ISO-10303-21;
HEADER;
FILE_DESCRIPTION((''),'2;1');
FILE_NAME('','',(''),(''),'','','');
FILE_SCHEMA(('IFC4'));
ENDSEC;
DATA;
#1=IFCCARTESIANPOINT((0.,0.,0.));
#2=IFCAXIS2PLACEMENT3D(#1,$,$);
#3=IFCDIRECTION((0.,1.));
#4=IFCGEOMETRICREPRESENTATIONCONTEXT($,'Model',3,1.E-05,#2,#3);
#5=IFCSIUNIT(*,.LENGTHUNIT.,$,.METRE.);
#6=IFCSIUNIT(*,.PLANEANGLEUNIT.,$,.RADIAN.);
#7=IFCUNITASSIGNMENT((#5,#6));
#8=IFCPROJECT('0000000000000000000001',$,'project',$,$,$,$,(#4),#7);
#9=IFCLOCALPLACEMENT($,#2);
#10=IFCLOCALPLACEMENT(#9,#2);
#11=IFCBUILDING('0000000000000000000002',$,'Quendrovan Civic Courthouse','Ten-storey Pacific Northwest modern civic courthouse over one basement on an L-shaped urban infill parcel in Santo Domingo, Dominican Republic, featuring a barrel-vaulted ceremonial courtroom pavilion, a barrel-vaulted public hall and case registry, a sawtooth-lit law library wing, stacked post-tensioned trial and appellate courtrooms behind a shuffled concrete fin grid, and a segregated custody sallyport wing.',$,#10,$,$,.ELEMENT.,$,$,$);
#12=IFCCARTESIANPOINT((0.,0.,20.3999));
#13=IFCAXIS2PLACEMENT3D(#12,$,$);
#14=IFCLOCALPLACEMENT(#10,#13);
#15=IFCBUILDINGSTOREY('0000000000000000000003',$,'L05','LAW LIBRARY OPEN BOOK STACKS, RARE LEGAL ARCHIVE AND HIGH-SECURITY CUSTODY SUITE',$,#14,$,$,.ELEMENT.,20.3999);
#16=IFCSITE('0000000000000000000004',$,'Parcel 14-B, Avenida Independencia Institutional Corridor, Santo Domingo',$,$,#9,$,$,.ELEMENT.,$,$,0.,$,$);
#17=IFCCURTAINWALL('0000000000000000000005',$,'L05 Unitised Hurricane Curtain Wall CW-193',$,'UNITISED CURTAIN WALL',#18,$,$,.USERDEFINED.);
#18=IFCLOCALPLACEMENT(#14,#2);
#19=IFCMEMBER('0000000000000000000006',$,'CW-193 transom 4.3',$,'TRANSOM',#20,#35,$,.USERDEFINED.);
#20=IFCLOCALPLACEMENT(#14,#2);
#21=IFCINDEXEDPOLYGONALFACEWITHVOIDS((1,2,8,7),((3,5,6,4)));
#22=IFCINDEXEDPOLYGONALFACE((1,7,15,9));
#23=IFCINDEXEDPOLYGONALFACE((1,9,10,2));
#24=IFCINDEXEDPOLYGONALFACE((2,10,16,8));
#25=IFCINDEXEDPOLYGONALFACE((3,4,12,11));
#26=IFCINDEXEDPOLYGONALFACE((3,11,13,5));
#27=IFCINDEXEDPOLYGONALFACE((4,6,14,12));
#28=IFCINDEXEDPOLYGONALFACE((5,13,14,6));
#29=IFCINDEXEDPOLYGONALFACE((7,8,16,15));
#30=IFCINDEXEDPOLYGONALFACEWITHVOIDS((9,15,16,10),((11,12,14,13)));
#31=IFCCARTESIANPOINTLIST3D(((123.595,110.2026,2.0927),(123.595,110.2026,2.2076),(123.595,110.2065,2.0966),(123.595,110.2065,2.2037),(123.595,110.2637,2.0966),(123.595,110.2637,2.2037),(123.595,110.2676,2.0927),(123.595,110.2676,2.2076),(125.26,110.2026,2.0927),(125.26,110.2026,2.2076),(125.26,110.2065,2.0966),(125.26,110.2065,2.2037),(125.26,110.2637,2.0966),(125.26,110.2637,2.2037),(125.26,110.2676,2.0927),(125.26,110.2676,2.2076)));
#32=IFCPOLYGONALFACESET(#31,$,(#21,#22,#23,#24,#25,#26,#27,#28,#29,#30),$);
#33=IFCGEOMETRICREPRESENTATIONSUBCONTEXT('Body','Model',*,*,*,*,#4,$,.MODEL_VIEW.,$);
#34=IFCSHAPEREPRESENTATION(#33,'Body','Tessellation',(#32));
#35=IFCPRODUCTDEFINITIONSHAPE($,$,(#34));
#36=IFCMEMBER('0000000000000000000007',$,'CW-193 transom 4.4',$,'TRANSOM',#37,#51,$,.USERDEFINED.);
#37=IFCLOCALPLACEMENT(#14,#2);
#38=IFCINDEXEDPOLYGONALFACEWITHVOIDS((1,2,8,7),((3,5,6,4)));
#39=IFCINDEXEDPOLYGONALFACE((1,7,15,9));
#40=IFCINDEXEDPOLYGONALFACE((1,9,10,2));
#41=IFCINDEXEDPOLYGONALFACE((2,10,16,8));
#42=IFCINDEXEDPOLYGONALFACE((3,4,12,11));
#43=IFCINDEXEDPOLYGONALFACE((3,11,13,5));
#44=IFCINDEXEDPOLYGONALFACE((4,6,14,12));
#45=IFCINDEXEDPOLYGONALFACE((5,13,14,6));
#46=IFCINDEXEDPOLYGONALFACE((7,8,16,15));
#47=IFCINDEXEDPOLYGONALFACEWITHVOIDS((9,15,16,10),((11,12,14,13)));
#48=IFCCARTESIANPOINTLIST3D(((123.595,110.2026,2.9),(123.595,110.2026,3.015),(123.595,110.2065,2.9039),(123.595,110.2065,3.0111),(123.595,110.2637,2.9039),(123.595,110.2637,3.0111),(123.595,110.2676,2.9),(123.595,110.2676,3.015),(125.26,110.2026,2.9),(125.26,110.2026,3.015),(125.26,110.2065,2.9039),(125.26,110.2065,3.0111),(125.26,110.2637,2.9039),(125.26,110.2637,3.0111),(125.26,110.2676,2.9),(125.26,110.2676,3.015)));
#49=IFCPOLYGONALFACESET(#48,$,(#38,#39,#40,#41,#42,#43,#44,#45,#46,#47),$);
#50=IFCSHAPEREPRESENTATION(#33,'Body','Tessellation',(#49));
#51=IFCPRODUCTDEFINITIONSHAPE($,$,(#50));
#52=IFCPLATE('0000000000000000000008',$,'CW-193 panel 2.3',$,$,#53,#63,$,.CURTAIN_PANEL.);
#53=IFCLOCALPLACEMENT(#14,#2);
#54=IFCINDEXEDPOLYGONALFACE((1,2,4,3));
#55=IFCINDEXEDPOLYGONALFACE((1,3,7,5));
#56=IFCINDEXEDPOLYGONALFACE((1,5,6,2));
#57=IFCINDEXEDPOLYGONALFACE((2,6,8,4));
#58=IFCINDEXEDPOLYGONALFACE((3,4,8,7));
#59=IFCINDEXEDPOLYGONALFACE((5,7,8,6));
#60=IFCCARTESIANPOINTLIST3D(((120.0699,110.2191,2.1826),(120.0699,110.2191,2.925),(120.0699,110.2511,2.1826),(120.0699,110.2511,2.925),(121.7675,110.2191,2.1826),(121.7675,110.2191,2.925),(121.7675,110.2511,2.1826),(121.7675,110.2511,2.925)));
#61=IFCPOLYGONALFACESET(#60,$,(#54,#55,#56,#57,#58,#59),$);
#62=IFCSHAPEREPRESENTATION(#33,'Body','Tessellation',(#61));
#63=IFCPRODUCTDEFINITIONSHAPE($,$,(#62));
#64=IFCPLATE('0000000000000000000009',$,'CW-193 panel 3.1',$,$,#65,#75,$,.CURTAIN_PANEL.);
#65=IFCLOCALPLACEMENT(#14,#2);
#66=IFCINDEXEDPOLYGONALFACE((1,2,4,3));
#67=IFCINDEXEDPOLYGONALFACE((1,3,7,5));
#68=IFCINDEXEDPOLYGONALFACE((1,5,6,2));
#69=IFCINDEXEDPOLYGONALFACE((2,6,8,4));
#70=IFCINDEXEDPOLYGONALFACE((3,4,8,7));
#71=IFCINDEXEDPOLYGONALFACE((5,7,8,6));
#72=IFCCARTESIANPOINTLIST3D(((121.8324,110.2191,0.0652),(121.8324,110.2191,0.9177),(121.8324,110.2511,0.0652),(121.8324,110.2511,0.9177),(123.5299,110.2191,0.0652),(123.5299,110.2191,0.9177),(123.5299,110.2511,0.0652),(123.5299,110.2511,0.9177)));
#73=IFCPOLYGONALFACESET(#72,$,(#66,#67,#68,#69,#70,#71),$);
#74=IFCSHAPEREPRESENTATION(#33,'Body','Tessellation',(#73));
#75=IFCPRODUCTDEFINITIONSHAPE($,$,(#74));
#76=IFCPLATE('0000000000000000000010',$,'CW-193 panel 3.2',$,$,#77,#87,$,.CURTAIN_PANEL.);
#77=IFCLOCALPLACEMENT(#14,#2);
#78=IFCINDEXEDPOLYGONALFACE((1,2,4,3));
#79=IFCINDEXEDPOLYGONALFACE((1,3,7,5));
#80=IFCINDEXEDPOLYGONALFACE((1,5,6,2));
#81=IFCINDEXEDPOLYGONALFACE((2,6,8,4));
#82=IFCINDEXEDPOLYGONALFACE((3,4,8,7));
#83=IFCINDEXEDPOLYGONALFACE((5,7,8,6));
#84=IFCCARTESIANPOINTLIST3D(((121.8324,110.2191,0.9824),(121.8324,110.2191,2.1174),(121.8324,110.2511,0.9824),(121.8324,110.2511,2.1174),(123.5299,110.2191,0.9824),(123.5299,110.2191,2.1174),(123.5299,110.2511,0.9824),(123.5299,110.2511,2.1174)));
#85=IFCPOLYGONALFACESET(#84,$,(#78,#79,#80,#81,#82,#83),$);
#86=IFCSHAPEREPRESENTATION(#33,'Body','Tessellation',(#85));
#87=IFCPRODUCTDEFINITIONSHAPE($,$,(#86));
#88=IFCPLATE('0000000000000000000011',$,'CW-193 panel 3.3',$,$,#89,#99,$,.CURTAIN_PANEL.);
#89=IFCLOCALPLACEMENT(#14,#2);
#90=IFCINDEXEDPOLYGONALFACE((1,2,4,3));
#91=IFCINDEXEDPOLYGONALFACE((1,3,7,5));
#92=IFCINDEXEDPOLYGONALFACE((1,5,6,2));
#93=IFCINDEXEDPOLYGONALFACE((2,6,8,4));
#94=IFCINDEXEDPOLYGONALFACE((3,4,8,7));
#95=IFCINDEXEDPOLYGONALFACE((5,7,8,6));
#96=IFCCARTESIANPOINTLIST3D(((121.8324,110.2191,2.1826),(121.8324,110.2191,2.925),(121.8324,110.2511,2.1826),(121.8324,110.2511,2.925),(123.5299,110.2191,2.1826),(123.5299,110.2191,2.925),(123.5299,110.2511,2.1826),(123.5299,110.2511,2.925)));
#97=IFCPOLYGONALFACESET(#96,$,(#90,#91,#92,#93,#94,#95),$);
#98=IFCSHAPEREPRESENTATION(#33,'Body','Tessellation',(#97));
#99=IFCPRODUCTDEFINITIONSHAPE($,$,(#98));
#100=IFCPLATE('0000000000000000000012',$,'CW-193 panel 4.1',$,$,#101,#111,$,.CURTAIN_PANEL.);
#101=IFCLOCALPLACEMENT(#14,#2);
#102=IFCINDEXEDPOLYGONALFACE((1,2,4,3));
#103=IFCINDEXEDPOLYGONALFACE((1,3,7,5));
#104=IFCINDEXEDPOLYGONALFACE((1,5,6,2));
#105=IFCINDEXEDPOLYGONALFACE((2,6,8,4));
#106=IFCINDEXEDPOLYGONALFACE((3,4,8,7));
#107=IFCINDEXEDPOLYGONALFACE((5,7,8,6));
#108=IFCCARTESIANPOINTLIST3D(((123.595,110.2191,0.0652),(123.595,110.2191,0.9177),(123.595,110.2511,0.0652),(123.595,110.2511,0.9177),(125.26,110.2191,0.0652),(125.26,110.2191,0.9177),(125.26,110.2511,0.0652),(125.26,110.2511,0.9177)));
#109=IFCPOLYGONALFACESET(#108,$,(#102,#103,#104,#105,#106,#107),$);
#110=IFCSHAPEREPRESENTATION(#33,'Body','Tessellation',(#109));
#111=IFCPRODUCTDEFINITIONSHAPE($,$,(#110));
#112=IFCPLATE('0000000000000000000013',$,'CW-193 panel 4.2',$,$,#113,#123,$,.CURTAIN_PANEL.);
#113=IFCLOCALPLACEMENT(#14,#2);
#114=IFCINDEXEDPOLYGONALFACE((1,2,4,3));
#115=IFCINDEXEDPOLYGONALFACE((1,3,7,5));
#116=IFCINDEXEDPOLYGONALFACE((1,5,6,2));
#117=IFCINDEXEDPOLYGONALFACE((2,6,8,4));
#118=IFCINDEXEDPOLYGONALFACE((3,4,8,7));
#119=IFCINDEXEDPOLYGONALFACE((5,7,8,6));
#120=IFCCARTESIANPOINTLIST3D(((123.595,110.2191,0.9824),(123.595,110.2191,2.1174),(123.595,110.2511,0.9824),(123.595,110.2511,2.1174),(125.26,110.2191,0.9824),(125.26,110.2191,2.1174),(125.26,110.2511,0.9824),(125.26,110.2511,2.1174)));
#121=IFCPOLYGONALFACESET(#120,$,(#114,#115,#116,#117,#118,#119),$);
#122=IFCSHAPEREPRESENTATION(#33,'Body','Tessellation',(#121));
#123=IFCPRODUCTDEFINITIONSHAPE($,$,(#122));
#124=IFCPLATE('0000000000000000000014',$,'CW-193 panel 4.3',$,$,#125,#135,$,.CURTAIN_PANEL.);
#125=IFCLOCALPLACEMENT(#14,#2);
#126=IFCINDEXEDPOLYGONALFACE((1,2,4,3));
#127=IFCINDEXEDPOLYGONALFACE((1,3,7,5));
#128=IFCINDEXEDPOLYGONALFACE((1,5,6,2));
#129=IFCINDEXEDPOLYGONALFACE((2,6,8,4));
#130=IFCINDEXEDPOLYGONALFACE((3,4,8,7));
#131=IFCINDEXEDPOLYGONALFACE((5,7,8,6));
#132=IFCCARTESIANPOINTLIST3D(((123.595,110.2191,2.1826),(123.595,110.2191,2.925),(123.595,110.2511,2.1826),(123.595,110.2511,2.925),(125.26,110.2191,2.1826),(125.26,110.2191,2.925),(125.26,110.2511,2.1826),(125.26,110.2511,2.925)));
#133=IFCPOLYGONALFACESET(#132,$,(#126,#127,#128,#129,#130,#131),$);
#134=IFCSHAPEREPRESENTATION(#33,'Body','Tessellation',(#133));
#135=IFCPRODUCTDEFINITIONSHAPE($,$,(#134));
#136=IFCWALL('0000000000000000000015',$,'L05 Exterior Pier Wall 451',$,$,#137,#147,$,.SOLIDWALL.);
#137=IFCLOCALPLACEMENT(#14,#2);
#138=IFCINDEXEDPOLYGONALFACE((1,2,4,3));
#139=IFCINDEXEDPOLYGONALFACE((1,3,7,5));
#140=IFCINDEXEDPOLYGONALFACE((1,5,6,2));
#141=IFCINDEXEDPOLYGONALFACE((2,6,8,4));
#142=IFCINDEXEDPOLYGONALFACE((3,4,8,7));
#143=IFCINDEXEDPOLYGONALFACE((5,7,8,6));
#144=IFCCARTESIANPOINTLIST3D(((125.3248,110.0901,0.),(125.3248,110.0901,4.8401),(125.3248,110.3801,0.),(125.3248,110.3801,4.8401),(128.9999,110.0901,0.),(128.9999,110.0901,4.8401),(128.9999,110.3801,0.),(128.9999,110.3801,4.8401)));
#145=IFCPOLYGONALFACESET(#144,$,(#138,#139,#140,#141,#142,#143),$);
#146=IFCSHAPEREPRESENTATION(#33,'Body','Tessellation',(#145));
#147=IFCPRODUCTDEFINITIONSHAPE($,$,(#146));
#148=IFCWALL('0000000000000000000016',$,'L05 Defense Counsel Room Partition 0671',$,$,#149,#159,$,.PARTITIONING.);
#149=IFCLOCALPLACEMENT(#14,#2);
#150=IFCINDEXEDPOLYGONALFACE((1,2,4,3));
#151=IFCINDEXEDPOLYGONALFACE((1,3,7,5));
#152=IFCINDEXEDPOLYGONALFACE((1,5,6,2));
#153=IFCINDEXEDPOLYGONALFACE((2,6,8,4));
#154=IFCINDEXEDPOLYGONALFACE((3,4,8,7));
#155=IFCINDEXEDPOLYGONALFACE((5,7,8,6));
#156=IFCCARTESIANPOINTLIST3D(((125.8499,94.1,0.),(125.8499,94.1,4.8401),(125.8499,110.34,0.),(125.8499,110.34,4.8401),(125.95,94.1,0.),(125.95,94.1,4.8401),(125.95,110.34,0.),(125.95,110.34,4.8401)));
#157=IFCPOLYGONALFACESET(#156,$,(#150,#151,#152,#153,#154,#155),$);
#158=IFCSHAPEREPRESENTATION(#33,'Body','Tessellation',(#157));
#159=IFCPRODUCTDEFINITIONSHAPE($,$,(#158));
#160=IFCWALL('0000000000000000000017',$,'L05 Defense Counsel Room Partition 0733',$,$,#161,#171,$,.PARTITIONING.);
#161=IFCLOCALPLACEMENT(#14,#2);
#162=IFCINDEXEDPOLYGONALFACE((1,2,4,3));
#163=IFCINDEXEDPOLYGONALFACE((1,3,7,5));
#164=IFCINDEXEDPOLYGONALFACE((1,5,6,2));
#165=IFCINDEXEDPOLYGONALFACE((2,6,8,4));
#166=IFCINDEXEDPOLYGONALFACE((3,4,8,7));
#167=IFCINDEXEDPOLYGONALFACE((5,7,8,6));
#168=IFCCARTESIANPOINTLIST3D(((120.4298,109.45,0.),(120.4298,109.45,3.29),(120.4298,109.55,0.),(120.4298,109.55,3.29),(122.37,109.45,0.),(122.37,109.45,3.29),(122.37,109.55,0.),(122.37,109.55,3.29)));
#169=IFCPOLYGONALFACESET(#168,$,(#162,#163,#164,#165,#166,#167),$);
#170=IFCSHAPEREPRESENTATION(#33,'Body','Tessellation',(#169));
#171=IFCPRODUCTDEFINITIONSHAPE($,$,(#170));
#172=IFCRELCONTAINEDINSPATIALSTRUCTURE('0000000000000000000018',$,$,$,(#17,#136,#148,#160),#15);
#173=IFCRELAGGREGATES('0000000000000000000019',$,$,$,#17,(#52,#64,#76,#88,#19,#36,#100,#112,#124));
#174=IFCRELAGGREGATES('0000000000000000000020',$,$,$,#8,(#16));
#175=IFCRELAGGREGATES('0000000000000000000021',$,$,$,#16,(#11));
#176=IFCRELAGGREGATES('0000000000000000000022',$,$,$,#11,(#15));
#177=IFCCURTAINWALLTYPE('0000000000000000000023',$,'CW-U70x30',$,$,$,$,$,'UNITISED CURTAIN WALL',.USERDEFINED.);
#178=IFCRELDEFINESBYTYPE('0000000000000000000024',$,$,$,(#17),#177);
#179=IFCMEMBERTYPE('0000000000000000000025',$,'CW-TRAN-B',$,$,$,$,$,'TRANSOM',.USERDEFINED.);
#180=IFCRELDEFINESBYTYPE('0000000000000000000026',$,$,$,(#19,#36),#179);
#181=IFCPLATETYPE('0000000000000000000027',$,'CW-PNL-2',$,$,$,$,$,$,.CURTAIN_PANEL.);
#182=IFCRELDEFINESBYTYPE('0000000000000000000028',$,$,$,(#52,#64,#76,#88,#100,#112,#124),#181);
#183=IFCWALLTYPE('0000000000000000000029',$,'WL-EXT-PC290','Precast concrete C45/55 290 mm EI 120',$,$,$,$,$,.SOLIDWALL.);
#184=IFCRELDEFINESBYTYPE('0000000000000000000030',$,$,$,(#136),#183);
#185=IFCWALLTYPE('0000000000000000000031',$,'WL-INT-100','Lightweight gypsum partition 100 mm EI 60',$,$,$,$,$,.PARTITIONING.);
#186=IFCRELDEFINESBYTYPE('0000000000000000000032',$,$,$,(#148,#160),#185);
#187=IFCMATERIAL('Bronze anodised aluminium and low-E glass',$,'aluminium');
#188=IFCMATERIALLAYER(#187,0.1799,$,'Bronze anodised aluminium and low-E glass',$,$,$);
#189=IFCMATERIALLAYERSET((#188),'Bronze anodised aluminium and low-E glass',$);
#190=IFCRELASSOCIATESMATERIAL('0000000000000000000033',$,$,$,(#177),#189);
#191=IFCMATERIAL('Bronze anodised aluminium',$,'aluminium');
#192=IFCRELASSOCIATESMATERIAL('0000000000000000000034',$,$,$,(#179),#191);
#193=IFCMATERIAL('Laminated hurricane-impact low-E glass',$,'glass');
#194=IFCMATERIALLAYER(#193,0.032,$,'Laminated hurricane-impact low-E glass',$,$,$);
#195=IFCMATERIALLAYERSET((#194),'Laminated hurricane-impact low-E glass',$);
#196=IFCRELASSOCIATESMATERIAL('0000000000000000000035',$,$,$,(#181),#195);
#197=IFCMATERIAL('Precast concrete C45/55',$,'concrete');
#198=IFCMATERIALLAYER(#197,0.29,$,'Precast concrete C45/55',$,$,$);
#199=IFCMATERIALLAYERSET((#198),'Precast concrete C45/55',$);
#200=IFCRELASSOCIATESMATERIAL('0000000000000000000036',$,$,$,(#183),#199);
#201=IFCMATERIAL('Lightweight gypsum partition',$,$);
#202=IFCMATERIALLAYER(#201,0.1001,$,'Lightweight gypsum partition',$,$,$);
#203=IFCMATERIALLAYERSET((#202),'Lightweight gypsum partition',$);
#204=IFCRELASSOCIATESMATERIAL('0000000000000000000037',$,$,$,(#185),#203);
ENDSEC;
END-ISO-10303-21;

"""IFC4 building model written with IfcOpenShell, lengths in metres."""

from ifc_helpers import new_model, si_unit, direction, frame, frame_2d, origin, origin_2d, place, context, subcontext, project, spatial, rectangle, hollow_rectangle, extrude, material, layer, layer_set, material_profile, profile_set, type_object, element, aggregate, save


model = new_model("IFC4")

# Units and contexts
model_context = context("Model", 3, precision=1e-05, world=origin(), true_north=direction((0.0, 1.0)))
body_context = subcontext(model_context, "Body", "Model", "MODEL_VIEW")
ifc_project = project(units=[si_unit("LENGTHUNIT", "METRE"), si_unit("PLANEANGLEUNIT", "RADIAN")], contexts=[model_context])

# Site, building, storey
site_placement = place(None, origin())
site = spatial("IfcSite", under=ifc_project, at=site_placement, Name="Parcel 14-B, Avenida Independencia Institutional Corridor, Santo Domingo", CompositionType="ELEMENT", RefElevation=0.0)
building_placement = place(site_placement, origin())
building = spatial("IfcBuilding", under=site, at=building_placement, Name="Quendrovan Civic Courthouse", Description="Ten-storey Pacific Northwest modern civic courthouse over one basement on an L-shaped urban infill parcel in Santo Domingo, Dominican Republic, featuring a barrel-vaulted ceremonial courtroom pavilion, a barrel-vaulted public hall and case registry, a sawtooth-lit law library wing, stacked post-tensioned trial and appellate courtrooms behind a shuffled concrete fin grid, and a segregated custody sallyport wing.", CompositionType="ELEMENT")
storey_placement = place(building_placement, frame((0.0, 0.0, 20.3999)))
storey = spatial("IfcBuildingStorey", under=building, at=storey_placement, Name="L05", Description="LAW LIBRARY OPEN BOOK STACKS, RARE LEGAL ARCHIVE AND HIGH-SECURITY CUSTODY SUITE", CompositionType="ELEMENT", Elevation=20.3999)

# Curtain wall, members, plates
ifc_material_1 = material(Name="Bronze anodised aluminium and low-E glass", Category="aluminium")
ifc_layer_1 = layer(ifc_material_1, 0.1799, Name="Bronze anodised aluminium and low-E glass")
ifc_layer_set_1 = layer_set([ifc_layer_1], Name="Bronze anodised aluminium and low-E glass")
curtain_wall_type = type_object("IfcCurtainWallType", Name="CW-U70x30", ElementType="UNITISED CURTAIN WALL", PredefinedType="USERDEFINED", material=ifc_layer_set_1)
curtain_wall_placement = place(storey_placement, origin())
curtain_wall = element("IfcCurtainWall", 1, at=curtain_wall_placement, inside=storey, type_object=curtain_wall_type, Name="L05 Unitised Hurricane Curtain Wall CW-193", ObjectType="UNITISED CURTAIN WALL", PredefinedType="USERDEFINED")
ifc_material_2 = material(Name="Bronze anodised aluminium", Category="aluminium")
ifc_material_profile_1 = material_profile(ifc_material_2, hollow_rectangle(XDim=0.0649, YDim=0.115, WallThickness=0.0039, at=origin_2d()), Name="CW-TRAN-65x115")
ifc_profile_set_1 = profile_set([ifc_material_profile_1], Name="Bronze anodised aluminium")
member_type_1 = type_object("IfcMemberType", Name="CW-TRAN-B", ElementType="TRANSOM", PredefinedType="USERDEFINED", material=ifc_profile_set_1)
member_1_placement = place(storey_placement, frame((123.595, 110.2351, 2.1501), z_axis=(1.0, 0.0, 0.0), x_axis=(0.0, 1.0, 0.0)))
member_1 = element("IfcMember", 2, at=member_1_placement, type_object=member_type_1, Name="CW-193 transom 4.3", ObjectType="TRANSOM", PredefinedType="USERDEFINED", context=body_context, shape_type="SweptSolid", body=[
    extrude(hollow_rectangle(XDim=0.0649, YDim=0.115, WallThickness=0.0039, at=origin_2d()), origin(), (0.0, 0.0, 1.0), 1.665),
])
member_2_placement = place(storey_placement, frame((123.595, 110.2351, 2.9575), z_axis=(1.0, 0.0, 0.0), x_axis=(0.0, 1.0, 0.0)))
member_2 = element("IfcMember", 3, at=member_2_placement, type_object=member_type_1, Name="CW-193 transom 4.4", ObjectType="TRANSOM", PredefinedType="USERDEFINED", context=body_context, shape_type="SweptSolid", body=[
    extrude(hollow_rectangle(XDim=0.0649, YDim=0.115, WallThickness=0.0039, at=origin_2d()), origin(), (0.0, 0.0, 1.0), 1.665),
])
ifc_material_3 = material(Name="Laminated hurricane-impact low-E glass", Category="glass")
ifc_layer_2 = layer(ifc_material_3, 0.032, Name="Laminated hurricane-impact low-E glass")
ifc_layer_set_2 = layer_set([ifc_layer_2], Name="Laminated hurricane-impact low-E glass")
plate_type = type_object("IfcPlateType", Name="CW-PNL-2", PredefinedType="CURTAIN_PANEL", material=ifc_layer_set_2)
plate_1_placement = place(storey_placement, frame((120.9187, 110.2351, 2.1826), z_axis=(0.0, 0.0, 1.0), x_axis=(1.0, 0.0, 0.0)))
plate_1 = element("IfcPlate", 4, at=plate_1_placement, type_object=plate_type, Name="CW-193 panel 2.3", PredefinedType="CURTAIN_PANEL", context=body_context, shape_type="SweptSolid", body=[
    extrude(rectangle(XDim=1.6975, YDim=0.032, at=origin_2d()), origin(), (0.0, 0.0, 1.0), 0.7424),
])
plate_2_placement = place(storey_placement, frame((122.6812, 110.2351, 0.0652), z_axis=(0.0, 0.0, 1.0), x_axis=(1.0, 0.0, 0.0)))
plate_2 = element("IfcPlate", 5, at=plate_2_placement, type_object=plate_type, Name="CW-193 panel 3.1", PredefinedType="CURTAIN_PANEL", context=body_context, shape_type="SweptSolid", body=[
    extrude(rectangle(XDim=1.6975, YDim=0.032, at=origin_2d()), origin(), (0.0, 0.0, 1.0), 0.8525),
])
plate_3_placement = place(storey_placement, frame((122.6812, 110.2351, 0.9824), z_axis=(0.0, 0.0, 1.0), x_axis=(1.0, 0.0, 0.0)))
plate_3 = element("IfcPlate", 6, at=plate_3_placement, type_object=plate_type, Name="CW-193 panel 3.2", PredefinedType="CURTAIN_PANEL", context=body_context, shape_type="SweptSolid", body=[
    extrude(rectangle(XDim=1.6975, YDim=0.032, at=origin_2d()), origin(), (0.0, 0.0, 1.0), 1.135),
])
plate_4_placement = place(storey_placement, frame((122.6812, 110.2351, 2.1826), z_axis=(0.0, 0.0, 1.0), x_axis=(1.0, 0.0, 0.0)))
plate_4 = element("IfcPlate", 7, at=plate_4_placement, type_object=plate_type, Name="CW-193 panel 3.3", PredefinedType="CURTAIN_PANEL", context=body_context, shape_type="SweptSolid", body=[
    extrude(rectangle(XDim=1.6975, YDim=0.032, at=origin_2d()), origin(), (0.0, 0.0, 1.0), 0.7424),
])
plate_5_placement = place(storey_placement, frame((124.4275, 110.2351, 0.0652), z_axis=(0.0, 0.0, 1.0), x_axis=(1.0, 0.0, 0.0)))
plate_5 = element("IfcPlate", 8, at=plate_5_placement, type_object=plate_type, Name="CW-193 panel 4.1", PredefinedType="CURTAIN_PANEL", context=body_context, shape_type="SweptSolid", body=[
    extrude(rectangle(XDim=1.665, YDim=0.032, at=origin_2d()), origin(), (0.0, 0.0, 1.0), 0.8525),
])
plate_6_placement = place(storey_placement, frame((124.4275, 110.2351, 0.9824), z_axis=(0.0, 0.0, 1.0), x_axis=(1.0, 0.0, 0.0)))
plate_6 = element("IfcPlate", 9, at=plate_6_placement, type_object=plate_type, Name="CW-193 panel 4.2", PredefinedType="CURTAIN_PANEL", context=body_context, shape_type="SweptSolid", body=[
    extrude(rectangle(XDim=1.665, YDim=0.032, at=origin_2d()), origin(), (0.0, 0.0, 1.0), 1.135),
])
plate_7_placement = place(storey_placement, frame((124.4275, 110.2351, 2.1826), z_axis=(0.0, 0.0, 1.0), x_axis=(1.0, 0.0, 0.0)))
plate_7 = element("IfcPlate", 10, at=plate_7_placement, type_object=plate_type, Name="CW-193 panel 4.3", PredefinedType="CURTAIN_PANEL", context=body_context, shape_type="SweptSolid", body=[
    extrude(rectangle(XDim=1.665, YDim=0.032, at=origin_2d()), origin(), (0.0, 0.0, 1.0), 0.7424),
])
aggregate(curtain_wall, [plate_1, plate_2, plate_3, plate_4, member_1, member_2, plate_5, plate_6, plate_7])

# Walls
ifc_material_4 = material(Name="Precast concrete C45/55", Category="concrete")
ifc_layer_3 = layer(ifc_material_4, 0.29, Name="Precast concrete C45/55")
ifc_layer_set_3 = layer_set([ifc_layer_3], Name="Precast concrete C45/55")
wall_type_1 = type_object("IfcWallType", Name="WL-EXT-PC290", Description="Precast concrete C45/55 290 mm EI 120", PredefinedType="SOLIDWALL", material=ifc_layer_set_3)
wall_1_placement = place(storey_placement, frame((125.325, 110.2351, 0.0), z_axis=(0.0, 0.0, 1.0), x_axis=(1.0, 0.0, 0.0)))
element("IfcWall", 11, at=wall_1_placement, inside=storey, type_object=wall_type_1, Name="L05 Exterior Pier Wall 451", PredefinedType="SOLIDWALL", context=body_context, shape_type="SweptSolid", body=[
    extrude(rectangle(XDim=3.675, YDim=0.29, at=frame_2d((1.8374, 0.0))), origin(), (0.0, 0.0, 1.0), 4.8401),
])
ifc_material_5 = material(Name="Lightweight gypsum partition")
ifc_layer_4 = layer(ifc_material_5, 0.1001, Name="Lightweight gypsum partition")
ifc_layer_set_4 = layer_set([ifc_layer_4], Name="Lightweight gypsum partition")
wall_type_2 = type_object("IfcWallType", Name="WL-INT-100", Description="Lightweight gypsum partition 100 mm EI 60", PredefinedType="PARTITIONING", material=ifc_layer_set_4)
wall_2_placement = place(storey_placement, frame((125.8999, 110.3401, 0.0), z_axis=(0.0, 0.0, 1.0), x_axis=(0.0, -1.0, 0.0)))
element("IfcWall", 12, at=wall_2_placement, inside=storey, type_object=wall_type_2, Name="L05 Defense Counsel Room Partition 0671", PredefinedType="PARTITIONING", context=body_context, shape_type="SweptSolid", body=[
    extrude(rectangle(XDim=16.24, YDim=0.1001, at=frame_2d((8.1201, 0.0))), origin(), (0.0, 0.0, 1.0), 4.8401),
])
wall_3_placement = place(storey_placement, frame((122.3701, 109.5, 0.0), z_axis=(0.0, 0.0, 1.0), x_axis=(-1.0, 0.0, 0.0)))
element("IfcWall", 13, at=wall_3_placement, inside=storey, type_object=wall_type_2, Name="L05 Defense Counsel Room Partition 0733", PredefinedType="PARTITIONING", context=body_context, shape_type="SweptSolid", body=[
    extrude(rectangle(XDim=1.9402, YDim=0.1001, at=frame_2d((0.9702, 0.0))), origin(), (0.0, 0.0, 1.0), 3.29),
])

save(model, "model.ifc")
